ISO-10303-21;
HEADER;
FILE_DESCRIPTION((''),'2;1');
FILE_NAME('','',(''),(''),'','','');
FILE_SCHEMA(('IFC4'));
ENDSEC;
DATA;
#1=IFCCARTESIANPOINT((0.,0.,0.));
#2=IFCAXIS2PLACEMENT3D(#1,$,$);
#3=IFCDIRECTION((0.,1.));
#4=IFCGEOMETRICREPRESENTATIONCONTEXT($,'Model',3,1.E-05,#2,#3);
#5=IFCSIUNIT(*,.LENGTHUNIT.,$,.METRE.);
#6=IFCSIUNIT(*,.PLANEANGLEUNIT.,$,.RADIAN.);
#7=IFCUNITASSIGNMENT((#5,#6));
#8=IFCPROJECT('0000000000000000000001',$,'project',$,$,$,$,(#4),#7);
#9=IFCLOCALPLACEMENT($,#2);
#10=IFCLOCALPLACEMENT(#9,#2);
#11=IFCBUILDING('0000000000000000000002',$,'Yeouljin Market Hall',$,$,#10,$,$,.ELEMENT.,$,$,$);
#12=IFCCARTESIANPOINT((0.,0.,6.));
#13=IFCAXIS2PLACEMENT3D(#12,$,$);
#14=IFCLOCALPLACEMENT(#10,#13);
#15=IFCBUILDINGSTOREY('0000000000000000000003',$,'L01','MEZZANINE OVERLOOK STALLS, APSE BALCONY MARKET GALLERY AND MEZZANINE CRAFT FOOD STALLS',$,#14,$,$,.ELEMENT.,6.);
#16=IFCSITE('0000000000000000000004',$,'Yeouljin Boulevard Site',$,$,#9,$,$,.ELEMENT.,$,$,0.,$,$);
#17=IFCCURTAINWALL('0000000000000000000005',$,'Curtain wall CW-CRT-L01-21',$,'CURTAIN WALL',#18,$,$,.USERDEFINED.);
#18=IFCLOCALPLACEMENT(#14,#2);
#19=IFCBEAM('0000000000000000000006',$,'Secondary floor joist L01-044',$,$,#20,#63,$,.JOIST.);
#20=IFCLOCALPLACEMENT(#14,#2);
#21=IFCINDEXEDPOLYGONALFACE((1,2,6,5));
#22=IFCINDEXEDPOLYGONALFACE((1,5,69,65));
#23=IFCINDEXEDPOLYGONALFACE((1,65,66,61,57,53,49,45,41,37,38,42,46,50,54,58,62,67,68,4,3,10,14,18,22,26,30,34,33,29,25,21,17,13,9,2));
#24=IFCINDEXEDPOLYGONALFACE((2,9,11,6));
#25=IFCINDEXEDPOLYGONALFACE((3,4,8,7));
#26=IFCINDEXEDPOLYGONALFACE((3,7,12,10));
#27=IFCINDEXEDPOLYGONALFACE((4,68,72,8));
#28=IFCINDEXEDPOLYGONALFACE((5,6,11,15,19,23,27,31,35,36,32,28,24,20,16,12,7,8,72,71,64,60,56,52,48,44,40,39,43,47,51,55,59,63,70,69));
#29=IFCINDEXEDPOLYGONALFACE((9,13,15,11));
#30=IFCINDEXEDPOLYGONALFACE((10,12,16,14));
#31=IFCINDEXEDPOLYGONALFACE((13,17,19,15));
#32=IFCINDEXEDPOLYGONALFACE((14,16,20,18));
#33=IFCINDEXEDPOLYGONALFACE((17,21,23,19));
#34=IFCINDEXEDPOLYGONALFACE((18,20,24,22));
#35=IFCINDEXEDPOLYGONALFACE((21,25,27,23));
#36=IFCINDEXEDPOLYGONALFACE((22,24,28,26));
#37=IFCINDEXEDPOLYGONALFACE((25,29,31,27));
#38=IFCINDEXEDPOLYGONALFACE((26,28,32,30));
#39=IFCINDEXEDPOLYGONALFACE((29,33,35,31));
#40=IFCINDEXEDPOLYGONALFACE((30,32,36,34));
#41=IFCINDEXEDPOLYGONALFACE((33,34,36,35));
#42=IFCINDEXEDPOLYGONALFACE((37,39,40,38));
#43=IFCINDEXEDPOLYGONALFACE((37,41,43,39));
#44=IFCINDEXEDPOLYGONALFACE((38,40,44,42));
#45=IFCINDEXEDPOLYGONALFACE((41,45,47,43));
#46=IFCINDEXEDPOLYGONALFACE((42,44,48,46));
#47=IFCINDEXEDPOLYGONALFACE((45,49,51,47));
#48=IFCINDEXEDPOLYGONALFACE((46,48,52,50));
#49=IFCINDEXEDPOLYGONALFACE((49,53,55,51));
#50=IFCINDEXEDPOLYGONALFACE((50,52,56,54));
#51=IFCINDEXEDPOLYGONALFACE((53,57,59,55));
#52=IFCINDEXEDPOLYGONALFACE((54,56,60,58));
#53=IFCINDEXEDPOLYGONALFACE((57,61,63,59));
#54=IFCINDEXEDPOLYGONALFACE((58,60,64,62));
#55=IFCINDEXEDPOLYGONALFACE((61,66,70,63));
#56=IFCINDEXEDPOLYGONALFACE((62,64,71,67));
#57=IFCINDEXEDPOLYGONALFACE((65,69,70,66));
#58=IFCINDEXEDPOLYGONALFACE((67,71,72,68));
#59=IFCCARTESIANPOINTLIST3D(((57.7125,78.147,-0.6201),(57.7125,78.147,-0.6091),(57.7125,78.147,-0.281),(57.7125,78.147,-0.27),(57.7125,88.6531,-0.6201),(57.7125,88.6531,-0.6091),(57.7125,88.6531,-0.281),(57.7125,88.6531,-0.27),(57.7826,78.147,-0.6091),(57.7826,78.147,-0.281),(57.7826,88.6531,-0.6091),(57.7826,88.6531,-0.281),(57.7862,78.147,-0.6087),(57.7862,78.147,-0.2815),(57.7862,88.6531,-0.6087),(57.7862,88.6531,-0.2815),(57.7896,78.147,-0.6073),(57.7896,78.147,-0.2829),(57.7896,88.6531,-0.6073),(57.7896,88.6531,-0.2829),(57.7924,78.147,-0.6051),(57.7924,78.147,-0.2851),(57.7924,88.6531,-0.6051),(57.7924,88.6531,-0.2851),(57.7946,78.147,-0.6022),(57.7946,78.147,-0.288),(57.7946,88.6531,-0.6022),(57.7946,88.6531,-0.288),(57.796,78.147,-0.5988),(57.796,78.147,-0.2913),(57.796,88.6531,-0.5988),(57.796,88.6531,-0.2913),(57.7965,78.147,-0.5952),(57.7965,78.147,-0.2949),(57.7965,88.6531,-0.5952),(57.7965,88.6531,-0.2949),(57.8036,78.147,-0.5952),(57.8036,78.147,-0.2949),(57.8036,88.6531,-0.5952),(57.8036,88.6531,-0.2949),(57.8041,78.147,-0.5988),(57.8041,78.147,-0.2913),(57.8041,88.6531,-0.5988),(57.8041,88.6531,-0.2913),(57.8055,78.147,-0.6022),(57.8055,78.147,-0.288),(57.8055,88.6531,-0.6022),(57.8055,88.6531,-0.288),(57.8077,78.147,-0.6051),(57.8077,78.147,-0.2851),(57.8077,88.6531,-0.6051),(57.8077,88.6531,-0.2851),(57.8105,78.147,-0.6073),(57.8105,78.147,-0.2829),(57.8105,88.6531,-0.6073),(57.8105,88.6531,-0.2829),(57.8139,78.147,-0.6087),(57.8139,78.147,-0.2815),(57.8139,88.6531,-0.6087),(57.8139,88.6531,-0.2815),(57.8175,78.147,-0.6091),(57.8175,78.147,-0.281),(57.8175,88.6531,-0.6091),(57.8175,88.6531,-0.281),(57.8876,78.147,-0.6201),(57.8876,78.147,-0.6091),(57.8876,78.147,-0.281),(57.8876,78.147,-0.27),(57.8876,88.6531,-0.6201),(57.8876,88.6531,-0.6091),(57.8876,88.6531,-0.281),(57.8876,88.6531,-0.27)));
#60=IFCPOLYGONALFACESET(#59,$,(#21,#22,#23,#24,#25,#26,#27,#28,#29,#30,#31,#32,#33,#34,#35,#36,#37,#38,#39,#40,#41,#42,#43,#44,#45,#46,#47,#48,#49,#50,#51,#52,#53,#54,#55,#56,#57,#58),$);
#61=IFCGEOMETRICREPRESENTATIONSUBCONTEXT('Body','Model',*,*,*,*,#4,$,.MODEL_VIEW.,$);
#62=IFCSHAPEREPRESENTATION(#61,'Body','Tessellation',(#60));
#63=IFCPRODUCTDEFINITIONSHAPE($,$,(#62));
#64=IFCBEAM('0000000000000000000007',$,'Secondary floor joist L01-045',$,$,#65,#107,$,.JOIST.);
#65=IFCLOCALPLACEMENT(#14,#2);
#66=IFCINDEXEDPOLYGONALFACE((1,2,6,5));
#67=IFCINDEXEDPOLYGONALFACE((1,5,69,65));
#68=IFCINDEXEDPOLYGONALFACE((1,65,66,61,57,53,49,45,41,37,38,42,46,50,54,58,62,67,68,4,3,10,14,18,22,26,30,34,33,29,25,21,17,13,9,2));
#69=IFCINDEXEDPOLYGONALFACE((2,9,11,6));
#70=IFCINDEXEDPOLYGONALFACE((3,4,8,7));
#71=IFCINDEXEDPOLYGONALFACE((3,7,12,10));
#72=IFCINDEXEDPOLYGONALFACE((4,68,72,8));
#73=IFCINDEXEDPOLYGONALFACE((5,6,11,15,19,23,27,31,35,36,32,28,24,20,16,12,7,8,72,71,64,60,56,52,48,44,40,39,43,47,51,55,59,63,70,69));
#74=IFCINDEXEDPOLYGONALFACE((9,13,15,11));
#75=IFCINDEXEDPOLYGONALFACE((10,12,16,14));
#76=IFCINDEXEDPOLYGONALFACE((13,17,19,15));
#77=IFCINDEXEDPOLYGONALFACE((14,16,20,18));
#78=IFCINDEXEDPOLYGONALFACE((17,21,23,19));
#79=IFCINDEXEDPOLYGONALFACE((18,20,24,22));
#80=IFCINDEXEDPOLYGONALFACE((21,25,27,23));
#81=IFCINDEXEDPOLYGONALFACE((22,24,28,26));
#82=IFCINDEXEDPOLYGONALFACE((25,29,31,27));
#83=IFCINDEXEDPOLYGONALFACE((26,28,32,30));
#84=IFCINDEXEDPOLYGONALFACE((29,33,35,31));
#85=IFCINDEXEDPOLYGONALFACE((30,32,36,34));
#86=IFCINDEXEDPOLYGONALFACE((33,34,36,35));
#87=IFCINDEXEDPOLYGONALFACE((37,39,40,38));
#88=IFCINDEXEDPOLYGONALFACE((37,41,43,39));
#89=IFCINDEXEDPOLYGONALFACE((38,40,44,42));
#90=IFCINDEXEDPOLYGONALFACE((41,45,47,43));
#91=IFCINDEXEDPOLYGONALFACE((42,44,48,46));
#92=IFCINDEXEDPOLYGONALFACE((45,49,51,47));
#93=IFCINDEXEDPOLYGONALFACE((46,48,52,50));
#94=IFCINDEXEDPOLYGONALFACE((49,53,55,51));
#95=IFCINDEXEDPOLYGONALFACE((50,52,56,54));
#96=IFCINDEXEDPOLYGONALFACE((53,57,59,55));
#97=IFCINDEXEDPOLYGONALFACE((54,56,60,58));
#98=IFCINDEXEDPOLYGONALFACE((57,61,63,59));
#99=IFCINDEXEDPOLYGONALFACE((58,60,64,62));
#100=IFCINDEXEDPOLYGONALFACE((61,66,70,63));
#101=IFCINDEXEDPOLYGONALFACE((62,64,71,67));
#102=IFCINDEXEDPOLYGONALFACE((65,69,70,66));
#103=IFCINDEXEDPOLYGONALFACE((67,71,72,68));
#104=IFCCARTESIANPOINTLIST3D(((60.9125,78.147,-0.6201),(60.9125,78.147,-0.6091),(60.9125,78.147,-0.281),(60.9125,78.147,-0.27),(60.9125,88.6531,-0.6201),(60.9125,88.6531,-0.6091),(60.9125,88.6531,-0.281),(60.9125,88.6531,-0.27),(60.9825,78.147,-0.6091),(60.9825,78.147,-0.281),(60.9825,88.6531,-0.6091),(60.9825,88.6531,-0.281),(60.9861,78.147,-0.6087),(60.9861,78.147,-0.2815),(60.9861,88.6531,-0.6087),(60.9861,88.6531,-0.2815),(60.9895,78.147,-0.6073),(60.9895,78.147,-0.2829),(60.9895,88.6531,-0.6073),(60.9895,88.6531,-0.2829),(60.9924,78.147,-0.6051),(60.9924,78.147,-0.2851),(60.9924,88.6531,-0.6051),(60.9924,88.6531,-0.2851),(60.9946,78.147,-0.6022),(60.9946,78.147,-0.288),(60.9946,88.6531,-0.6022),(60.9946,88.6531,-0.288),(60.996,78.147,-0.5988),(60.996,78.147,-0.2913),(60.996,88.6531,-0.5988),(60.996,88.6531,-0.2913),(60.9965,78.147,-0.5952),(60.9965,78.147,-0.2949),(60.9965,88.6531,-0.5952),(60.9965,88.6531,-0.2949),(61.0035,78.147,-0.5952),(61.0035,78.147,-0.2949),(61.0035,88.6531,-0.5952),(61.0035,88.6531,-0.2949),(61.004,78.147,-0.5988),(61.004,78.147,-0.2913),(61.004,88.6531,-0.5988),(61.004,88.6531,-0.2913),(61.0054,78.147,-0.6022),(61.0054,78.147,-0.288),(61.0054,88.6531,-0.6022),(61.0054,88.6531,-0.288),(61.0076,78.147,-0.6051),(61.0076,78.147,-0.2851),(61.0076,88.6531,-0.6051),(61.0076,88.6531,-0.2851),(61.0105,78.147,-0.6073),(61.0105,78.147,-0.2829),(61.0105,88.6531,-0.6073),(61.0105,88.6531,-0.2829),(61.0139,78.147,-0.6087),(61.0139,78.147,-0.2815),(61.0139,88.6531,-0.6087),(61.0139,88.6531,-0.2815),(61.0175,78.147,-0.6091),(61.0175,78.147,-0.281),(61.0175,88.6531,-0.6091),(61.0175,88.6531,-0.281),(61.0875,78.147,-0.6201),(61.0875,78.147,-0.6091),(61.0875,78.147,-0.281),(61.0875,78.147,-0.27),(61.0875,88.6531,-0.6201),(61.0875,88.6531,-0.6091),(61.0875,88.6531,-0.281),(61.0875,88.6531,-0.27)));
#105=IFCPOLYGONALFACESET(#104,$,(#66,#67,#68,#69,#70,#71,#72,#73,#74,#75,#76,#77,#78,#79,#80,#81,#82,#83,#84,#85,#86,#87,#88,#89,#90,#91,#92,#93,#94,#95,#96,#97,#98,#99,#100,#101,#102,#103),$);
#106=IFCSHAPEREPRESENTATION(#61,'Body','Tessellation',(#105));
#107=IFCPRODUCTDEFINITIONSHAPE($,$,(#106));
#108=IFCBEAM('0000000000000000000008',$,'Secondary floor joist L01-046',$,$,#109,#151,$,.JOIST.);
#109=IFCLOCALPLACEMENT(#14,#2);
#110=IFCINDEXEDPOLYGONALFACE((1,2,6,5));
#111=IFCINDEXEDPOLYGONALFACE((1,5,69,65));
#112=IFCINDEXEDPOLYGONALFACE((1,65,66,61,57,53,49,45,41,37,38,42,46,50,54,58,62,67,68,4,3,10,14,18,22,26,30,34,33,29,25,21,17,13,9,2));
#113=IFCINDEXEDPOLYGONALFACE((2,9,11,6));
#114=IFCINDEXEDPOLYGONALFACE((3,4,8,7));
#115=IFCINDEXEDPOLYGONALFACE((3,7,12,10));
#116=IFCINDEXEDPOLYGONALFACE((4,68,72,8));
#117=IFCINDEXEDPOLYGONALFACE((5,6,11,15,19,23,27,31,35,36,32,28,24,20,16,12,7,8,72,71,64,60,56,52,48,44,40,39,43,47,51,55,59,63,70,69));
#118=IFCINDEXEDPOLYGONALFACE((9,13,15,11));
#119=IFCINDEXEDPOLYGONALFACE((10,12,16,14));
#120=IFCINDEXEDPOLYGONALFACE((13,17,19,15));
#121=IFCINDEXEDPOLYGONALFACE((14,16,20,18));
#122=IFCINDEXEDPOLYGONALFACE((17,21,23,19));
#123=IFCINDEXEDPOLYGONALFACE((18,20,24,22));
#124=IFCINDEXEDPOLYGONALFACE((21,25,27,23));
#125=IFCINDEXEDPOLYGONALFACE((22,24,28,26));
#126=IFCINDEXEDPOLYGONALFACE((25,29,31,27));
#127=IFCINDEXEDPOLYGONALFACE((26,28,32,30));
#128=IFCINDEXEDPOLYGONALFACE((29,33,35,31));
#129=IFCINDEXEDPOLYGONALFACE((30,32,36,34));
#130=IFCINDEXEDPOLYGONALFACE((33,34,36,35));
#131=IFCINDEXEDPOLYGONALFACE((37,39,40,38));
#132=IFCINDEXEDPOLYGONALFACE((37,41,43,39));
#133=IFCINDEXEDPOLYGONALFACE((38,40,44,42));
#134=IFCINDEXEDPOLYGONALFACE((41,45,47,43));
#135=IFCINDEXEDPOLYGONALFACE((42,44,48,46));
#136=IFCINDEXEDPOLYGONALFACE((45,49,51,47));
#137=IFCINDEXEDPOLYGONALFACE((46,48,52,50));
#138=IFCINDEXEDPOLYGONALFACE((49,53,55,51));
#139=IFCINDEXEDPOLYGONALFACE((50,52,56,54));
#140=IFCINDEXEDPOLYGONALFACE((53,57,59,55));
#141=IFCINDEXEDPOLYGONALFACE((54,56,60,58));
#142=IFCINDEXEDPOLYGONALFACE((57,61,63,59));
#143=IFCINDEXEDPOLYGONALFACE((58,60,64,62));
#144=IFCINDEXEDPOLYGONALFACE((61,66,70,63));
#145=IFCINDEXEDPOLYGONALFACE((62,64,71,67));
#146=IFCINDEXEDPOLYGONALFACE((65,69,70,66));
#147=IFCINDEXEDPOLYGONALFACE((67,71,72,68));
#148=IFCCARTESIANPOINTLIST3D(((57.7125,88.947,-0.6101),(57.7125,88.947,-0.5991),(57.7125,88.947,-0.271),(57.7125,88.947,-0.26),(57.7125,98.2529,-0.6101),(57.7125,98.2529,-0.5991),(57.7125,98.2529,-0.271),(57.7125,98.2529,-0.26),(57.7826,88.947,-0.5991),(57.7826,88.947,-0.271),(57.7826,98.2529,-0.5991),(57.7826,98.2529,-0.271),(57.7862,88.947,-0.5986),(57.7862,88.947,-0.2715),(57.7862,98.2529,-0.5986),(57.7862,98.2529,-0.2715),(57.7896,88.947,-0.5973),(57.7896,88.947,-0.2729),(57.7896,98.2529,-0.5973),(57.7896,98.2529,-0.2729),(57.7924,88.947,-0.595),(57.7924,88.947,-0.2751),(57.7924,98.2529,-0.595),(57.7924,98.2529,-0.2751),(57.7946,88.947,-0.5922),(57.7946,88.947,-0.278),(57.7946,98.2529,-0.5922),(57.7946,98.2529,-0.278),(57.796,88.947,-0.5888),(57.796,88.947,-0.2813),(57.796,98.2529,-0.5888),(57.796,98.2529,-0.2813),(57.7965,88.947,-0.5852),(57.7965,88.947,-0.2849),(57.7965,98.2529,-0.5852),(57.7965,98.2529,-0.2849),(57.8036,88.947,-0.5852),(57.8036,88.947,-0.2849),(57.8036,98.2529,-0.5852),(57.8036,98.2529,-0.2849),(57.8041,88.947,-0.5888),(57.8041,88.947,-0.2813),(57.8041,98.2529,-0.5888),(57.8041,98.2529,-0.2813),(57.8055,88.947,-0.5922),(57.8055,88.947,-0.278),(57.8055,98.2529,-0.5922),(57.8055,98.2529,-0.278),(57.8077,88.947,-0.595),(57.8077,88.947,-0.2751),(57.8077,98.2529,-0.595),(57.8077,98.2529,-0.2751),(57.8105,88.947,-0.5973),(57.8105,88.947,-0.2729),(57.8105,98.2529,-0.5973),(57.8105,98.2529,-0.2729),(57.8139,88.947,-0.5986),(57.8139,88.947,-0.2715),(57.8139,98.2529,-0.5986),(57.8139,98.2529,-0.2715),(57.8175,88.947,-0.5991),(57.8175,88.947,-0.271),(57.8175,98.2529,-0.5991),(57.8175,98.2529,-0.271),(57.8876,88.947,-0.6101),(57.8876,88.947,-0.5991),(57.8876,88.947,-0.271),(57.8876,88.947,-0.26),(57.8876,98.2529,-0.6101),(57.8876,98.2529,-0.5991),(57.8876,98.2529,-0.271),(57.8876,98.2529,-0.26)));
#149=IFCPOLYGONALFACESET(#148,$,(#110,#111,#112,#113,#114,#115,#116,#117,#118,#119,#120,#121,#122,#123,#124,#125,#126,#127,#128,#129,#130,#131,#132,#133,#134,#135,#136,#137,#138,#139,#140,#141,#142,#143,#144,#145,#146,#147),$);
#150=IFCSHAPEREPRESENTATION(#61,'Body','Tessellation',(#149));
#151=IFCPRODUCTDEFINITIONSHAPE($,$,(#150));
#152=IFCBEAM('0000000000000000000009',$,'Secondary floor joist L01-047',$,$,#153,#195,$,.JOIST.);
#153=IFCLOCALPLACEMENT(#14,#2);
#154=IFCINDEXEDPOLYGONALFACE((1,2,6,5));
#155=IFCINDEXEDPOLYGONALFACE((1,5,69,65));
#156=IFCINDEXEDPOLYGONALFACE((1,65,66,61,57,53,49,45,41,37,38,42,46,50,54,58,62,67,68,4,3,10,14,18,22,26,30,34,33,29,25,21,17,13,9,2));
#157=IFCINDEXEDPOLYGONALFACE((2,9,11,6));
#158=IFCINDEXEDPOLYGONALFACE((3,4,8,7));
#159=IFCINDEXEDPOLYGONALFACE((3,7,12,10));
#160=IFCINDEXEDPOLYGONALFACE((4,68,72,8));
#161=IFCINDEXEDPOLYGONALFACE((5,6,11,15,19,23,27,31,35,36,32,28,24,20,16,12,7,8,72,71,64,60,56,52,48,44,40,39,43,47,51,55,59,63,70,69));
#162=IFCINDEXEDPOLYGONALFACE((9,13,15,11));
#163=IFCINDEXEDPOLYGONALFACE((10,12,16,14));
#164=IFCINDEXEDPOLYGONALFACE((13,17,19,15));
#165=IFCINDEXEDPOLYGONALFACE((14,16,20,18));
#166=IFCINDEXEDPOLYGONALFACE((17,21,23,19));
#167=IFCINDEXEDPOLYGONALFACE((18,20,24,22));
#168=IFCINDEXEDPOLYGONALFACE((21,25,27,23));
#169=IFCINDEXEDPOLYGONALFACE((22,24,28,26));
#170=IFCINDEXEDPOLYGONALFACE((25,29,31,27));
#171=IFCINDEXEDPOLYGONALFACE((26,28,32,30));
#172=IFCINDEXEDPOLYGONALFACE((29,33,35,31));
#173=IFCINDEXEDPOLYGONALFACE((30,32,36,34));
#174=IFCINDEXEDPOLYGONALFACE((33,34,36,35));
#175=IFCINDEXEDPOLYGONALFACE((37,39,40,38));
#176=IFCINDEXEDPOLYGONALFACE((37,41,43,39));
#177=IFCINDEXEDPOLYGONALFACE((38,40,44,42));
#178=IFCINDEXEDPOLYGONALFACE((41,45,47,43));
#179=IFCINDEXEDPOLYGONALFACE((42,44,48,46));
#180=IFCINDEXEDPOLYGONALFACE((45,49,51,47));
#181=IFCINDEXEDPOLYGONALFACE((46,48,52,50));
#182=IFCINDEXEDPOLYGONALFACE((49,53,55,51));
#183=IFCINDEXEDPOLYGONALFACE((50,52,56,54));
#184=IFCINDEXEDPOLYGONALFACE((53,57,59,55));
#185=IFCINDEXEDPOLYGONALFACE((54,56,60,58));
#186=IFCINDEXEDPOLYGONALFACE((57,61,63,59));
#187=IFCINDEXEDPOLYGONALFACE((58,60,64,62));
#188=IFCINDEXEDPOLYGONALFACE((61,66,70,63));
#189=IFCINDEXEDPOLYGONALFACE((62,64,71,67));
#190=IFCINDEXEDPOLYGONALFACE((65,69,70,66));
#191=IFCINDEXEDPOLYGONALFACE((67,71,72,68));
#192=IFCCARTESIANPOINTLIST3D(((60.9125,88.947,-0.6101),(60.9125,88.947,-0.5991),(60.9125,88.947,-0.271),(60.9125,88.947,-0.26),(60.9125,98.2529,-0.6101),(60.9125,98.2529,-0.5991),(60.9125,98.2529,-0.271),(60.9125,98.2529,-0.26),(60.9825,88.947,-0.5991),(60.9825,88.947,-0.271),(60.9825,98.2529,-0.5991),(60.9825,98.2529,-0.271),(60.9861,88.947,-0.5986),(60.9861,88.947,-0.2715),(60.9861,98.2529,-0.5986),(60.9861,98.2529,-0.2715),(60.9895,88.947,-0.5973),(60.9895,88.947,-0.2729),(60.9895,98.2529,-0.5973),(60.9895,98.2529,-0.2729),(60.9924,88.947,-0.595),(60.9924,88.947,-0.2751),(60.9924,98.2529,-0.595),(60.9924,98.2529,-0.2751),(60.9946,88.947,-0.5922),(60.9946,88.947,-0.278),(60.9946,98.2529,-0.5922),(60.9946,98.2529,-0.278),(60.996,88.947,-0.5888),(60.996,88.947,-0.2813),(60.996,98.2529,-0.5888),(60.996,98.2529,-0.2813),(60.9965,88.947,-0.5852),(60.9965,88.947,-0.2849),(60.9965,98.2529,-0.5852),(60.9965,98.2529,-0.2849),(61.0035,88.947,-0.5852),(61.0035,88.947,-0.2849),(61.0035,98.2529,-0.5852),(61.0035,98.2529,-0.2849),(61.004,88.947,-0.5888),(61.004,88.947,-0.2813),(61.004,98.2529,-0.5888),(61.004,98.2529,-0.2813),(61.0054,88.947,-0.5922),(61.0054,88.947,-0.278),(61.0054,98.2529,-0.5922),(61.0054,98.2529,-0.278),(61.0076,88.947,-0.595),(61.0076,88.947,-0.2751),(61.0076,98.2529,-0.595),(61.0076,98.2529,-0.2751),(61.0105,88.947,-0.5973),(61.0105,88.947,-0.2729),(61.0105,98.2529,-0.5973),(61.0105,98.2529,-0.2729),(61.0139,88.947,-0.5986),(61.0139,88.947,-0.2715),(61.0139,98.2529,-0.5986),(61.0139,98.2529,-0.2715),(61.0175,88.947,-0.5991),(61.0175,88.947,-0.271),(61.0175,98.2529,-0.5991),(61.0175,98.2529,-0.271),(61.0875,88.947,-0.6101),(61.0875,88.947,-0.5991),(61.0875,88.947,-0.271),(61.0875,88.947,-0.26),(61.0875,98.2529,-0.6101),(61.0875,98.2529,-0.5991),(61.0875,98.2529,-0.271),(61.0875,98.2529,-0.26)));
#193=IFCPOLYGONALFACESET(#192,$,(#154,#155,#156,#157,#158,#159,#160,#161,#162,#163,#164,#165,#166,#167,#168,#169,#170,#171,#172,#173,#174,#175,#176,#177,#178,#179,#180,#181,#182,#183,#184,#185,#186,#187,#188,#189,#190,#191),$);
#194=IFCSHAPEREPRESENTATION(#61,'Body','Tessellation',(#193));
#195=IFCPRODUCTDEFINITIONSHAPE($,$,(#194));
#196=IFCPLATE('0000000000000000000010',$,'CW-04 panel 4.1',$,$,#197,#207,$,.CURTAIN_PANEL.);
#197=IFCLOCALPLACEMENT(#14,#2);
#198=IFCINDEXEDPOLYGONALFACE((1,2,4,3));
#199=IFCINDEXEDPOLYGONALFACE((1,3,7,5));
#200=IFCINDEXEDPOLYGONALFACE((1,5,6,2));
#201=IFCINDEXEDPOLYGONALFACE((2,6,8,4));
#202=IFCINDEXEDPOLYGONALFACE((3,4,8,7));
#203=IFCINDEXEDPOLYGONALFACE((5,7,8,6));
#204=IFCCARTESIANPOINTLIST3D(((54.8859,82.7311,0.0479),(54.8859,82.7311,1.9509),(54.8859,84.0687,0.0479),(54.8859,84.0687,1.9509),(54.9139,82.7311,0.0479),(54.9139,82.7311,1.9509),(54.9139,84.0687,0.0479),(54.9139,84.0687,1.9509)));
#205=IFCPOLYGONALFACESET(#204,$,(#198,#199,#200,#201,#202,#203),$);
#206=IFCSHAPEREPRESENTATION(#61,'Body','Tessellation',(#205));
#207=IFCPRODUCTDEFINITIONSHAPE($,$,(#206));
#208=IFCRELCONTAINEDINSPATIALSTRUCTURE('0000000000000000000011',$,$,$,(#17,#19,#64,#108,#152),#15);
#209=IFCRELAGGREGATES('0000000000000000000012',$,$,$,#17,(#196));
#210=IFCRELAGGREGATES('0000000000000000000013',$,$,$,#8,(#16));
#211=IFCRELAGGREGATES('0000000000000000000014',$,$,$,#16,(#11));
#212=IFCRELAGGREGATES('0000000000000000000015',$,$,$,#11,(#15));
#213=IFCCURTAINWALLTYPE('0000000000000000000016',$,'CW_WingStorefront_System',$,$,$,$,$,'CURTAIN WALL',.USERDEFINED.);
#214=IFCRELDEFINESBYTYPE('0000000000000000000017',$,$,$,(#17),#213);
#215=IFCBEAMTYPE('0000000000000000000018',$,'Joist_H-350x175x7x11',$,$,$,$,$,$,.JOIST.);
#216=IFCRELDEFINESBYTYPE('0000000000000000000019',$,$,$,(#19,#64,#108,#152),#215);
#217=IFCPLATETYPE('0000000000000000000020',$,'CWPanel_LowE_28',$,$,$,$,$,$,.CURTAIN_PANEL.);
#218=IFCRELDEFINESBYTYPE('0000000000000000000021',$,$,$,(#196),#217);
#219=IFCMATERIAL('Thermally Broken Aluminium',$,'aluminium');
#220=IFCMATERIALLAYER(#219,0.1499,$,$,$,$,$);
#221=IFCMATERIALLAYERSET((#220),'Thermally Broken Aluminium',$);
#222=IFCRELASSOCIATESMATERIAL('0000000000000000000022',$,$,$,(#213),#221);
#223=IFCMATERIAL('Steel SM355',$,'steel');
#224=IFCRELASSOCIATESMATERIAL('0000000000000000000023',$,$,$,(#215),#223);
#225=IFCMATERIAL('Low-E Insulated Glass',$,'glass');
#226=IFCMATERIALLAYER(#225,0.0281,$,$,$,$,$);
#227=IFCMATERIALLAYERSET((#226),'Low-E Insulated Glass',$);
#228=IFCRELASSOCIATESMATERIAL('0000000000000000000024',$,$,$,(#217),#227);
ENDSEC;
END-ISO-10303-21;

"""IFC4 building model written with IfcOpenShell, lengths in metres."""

from ifc_helpers import new_model, si_unit, direction, frame, origin, origin_2d, place, context, subcontext, project, spatial, rectangle, i_section, extrude, material, layer, layer_set, material_profile, profile_set, type_object, element, aggregate, save


model = new_model("IFC4")

# Units and contexts
model_context = context("Model", 3, precision=1e-05, world=origin(), true_north=direction((0.0, 1.0)))
body_context = subcontext(model_context, "Body", "Model", "MODEL_VIEW")
ifc_project = project(units=[si_unit("LENGTHUNIT", "METRE"), si_unit("PLANEANGLEUNIT", "RADIAN")], contexts=[model_context])

# Site, building, storey
site_placement = place(None, origin())
site = spatial("IfcSite", under=ifc_project, at=site_placement, Name="Yeouljin Boulevard Site", CompositionType="ELEMENT", RefElevation=0.0)
building_placement = place(site_placement, origin())
building = spatial("IfcBuilding", under=site, at=building_placement, Name="Yeouljin Market Hall", CompositionType="ELEMENT")
storey_placement = place(building_placement, frame((0.0, 0.0, 6.0)))
storey = spatial("IfcBuildingStorey", under=building, at=storey_placement, Name="L01", Description="MEZZANINE OVERLOOK STALLS, APSE BALCONY MARKET GALLERY AND MEZZANINE CRAFT FOOD STALLS", CompositionType="ELEMENT", Elevation=6.0)

# Curtain wall
ifc_material_1 = material(Name="Thermally Broken Aluminium", Category="aluminium")
ifc_layer_1 = layer(ifc_material_1, 0.1499)
ifc_layer_set_1 = layer_set([ifc_layer_1], Name="Thermally Broken Aluminium")
curtain_wall_type = type_object("IfcCurtainWallType", Name="CW_WingStorefront_System", ElementType="CURTAIN WALL", PredefinedType="USERDEFINED", material=ifc_layer_set_1)
curtain_wall_placement = place(storey_placement, origin())
curtain_wall = element("IfcCurtainWall", 1, at=curtain_wall_placement, inside=storey, type_object=curtain_wall_type, Name="Curtain wall CW-CRT-L01-21", ObjectType="CURTAIN WALL", PredefinedType="USERDEFINED")

# Beams
ifc_material_2 = material(Name="Steel SM355", Category="steel")
ifc_material_profile_1 = material_profile(ifc_material_2, i_section(OverallWidth=0.175, OverallDepth=0.3501, WebThickness=0.0071, FlangeThickness=0.011, FilletRadius=0.0139, at=origin_2d()), Name="H-350x175x7x11")
ifc_profile_set_1 = profile_set([ifc_material_profile_1], Name="Steel SM355")
beam_type = type_object("IfcBeamType", Name="Joist_H-350x175x7x11", PredefinedType="JOIST", material=ifc_profile_set_1)
for number, where, z_axis, x_axis, name in (
    (2, (57.8, 78.147, -0.4451), (0.0, 1.0, 0.0), (-1.0, 0.0, 0.0), "Secondary floor joist L01-044"),
    (3, (61.0, 78.147, -0.4451), (0.0, 1.0, 0.0), (-1.0, 0.0, 0.0), "Secondary floor joist L01-045"),
):
    element("IfcBeam", number, at=place(storey_placement, frame(where, z_axis=z_axis, x_axis=x_axis)), inside=storey, type_object=beam_type, Name=name, PredefinedType="JOIST", context=body_context, shape_type="SweptSolid", body=[
        extrude(i_section(OverallWidth=0.175, OverallDepth=0.3501, WebThickness=0.0071, FlangeThickness=0.011, FilletRadius=0.0139, at=origin_2d()), origin(), (0.0, 0.0, 1.0), 10.5061),
    ])
for number, where, z_axis, x_axis, name in (
    (4, (57.8, 88.947, -0.4351), (0.0, 1.0, 0.0), (-1.0, 0.0, 0.0), "Secondary floor joist L01-046"),
    (5, (61.0, 88.947, -0.4351), (0.0, 1.0, 0.0), (-1.0, 0.0, 0.0), "Secondary floor joist L01-047"),
):
    element("IfcBeam", number, at=place(storey_placement, frame(where, z_axis=z_axis, x_axis=x_axis)), inside=storey, type_object=beam_type, Name=name, PredefinedType="JOIST", context=body_context, shape_type="SweptSolid", body=[
        extrude(i_section(OverallWidth=0.175, OverallDepth=0.3501, WebThickness=0.0071, FlangeThickness=0.011, FilletRadius=0.0139, at=origin_2d()), origin(), (0.0, 0.0, 1.0), 9.3059),
    ])

# Plate
ifc_material_3 = material(Name="Low-E Insulated Glass", Category="glass")
ifc_layer_2 = layer(ifc_material_3, 0.0281)
ifc_layer_set_2 = layer_set([ifc_layer_2], Name="Low-E Insulated Glass")
plate_type = type_object("IfcPlateType", Name="CWPanel_LowE_28", PredefinedType="CURTAIN_PANEL", material=ifc_layer_set_2)
plate_1_placement = place(storey_placement, frame((54.8999, 83.3999, 0.0479), z_axis=(0.0, 0.0, 1.0), x_axis=(0.0, 1.0, 0.0)))
plate_1 = element("IfcPlate", 6, at=plate_1_placement, type_object=plate_type, Name="CW-04 panel 4.1", PredefinedType="CURTAIN_PANEL", context=body_context, shape_type="SweptSolid", body=[
    extrude(rectangle(XDim=1.3376, YDim=0.0281, at=origin_2d()), origin(), (0.0, 0.0, 1.0), 1.9031),
])
aggregate(curtain_wall, [plate_1])

save(model, "model.ifc")
